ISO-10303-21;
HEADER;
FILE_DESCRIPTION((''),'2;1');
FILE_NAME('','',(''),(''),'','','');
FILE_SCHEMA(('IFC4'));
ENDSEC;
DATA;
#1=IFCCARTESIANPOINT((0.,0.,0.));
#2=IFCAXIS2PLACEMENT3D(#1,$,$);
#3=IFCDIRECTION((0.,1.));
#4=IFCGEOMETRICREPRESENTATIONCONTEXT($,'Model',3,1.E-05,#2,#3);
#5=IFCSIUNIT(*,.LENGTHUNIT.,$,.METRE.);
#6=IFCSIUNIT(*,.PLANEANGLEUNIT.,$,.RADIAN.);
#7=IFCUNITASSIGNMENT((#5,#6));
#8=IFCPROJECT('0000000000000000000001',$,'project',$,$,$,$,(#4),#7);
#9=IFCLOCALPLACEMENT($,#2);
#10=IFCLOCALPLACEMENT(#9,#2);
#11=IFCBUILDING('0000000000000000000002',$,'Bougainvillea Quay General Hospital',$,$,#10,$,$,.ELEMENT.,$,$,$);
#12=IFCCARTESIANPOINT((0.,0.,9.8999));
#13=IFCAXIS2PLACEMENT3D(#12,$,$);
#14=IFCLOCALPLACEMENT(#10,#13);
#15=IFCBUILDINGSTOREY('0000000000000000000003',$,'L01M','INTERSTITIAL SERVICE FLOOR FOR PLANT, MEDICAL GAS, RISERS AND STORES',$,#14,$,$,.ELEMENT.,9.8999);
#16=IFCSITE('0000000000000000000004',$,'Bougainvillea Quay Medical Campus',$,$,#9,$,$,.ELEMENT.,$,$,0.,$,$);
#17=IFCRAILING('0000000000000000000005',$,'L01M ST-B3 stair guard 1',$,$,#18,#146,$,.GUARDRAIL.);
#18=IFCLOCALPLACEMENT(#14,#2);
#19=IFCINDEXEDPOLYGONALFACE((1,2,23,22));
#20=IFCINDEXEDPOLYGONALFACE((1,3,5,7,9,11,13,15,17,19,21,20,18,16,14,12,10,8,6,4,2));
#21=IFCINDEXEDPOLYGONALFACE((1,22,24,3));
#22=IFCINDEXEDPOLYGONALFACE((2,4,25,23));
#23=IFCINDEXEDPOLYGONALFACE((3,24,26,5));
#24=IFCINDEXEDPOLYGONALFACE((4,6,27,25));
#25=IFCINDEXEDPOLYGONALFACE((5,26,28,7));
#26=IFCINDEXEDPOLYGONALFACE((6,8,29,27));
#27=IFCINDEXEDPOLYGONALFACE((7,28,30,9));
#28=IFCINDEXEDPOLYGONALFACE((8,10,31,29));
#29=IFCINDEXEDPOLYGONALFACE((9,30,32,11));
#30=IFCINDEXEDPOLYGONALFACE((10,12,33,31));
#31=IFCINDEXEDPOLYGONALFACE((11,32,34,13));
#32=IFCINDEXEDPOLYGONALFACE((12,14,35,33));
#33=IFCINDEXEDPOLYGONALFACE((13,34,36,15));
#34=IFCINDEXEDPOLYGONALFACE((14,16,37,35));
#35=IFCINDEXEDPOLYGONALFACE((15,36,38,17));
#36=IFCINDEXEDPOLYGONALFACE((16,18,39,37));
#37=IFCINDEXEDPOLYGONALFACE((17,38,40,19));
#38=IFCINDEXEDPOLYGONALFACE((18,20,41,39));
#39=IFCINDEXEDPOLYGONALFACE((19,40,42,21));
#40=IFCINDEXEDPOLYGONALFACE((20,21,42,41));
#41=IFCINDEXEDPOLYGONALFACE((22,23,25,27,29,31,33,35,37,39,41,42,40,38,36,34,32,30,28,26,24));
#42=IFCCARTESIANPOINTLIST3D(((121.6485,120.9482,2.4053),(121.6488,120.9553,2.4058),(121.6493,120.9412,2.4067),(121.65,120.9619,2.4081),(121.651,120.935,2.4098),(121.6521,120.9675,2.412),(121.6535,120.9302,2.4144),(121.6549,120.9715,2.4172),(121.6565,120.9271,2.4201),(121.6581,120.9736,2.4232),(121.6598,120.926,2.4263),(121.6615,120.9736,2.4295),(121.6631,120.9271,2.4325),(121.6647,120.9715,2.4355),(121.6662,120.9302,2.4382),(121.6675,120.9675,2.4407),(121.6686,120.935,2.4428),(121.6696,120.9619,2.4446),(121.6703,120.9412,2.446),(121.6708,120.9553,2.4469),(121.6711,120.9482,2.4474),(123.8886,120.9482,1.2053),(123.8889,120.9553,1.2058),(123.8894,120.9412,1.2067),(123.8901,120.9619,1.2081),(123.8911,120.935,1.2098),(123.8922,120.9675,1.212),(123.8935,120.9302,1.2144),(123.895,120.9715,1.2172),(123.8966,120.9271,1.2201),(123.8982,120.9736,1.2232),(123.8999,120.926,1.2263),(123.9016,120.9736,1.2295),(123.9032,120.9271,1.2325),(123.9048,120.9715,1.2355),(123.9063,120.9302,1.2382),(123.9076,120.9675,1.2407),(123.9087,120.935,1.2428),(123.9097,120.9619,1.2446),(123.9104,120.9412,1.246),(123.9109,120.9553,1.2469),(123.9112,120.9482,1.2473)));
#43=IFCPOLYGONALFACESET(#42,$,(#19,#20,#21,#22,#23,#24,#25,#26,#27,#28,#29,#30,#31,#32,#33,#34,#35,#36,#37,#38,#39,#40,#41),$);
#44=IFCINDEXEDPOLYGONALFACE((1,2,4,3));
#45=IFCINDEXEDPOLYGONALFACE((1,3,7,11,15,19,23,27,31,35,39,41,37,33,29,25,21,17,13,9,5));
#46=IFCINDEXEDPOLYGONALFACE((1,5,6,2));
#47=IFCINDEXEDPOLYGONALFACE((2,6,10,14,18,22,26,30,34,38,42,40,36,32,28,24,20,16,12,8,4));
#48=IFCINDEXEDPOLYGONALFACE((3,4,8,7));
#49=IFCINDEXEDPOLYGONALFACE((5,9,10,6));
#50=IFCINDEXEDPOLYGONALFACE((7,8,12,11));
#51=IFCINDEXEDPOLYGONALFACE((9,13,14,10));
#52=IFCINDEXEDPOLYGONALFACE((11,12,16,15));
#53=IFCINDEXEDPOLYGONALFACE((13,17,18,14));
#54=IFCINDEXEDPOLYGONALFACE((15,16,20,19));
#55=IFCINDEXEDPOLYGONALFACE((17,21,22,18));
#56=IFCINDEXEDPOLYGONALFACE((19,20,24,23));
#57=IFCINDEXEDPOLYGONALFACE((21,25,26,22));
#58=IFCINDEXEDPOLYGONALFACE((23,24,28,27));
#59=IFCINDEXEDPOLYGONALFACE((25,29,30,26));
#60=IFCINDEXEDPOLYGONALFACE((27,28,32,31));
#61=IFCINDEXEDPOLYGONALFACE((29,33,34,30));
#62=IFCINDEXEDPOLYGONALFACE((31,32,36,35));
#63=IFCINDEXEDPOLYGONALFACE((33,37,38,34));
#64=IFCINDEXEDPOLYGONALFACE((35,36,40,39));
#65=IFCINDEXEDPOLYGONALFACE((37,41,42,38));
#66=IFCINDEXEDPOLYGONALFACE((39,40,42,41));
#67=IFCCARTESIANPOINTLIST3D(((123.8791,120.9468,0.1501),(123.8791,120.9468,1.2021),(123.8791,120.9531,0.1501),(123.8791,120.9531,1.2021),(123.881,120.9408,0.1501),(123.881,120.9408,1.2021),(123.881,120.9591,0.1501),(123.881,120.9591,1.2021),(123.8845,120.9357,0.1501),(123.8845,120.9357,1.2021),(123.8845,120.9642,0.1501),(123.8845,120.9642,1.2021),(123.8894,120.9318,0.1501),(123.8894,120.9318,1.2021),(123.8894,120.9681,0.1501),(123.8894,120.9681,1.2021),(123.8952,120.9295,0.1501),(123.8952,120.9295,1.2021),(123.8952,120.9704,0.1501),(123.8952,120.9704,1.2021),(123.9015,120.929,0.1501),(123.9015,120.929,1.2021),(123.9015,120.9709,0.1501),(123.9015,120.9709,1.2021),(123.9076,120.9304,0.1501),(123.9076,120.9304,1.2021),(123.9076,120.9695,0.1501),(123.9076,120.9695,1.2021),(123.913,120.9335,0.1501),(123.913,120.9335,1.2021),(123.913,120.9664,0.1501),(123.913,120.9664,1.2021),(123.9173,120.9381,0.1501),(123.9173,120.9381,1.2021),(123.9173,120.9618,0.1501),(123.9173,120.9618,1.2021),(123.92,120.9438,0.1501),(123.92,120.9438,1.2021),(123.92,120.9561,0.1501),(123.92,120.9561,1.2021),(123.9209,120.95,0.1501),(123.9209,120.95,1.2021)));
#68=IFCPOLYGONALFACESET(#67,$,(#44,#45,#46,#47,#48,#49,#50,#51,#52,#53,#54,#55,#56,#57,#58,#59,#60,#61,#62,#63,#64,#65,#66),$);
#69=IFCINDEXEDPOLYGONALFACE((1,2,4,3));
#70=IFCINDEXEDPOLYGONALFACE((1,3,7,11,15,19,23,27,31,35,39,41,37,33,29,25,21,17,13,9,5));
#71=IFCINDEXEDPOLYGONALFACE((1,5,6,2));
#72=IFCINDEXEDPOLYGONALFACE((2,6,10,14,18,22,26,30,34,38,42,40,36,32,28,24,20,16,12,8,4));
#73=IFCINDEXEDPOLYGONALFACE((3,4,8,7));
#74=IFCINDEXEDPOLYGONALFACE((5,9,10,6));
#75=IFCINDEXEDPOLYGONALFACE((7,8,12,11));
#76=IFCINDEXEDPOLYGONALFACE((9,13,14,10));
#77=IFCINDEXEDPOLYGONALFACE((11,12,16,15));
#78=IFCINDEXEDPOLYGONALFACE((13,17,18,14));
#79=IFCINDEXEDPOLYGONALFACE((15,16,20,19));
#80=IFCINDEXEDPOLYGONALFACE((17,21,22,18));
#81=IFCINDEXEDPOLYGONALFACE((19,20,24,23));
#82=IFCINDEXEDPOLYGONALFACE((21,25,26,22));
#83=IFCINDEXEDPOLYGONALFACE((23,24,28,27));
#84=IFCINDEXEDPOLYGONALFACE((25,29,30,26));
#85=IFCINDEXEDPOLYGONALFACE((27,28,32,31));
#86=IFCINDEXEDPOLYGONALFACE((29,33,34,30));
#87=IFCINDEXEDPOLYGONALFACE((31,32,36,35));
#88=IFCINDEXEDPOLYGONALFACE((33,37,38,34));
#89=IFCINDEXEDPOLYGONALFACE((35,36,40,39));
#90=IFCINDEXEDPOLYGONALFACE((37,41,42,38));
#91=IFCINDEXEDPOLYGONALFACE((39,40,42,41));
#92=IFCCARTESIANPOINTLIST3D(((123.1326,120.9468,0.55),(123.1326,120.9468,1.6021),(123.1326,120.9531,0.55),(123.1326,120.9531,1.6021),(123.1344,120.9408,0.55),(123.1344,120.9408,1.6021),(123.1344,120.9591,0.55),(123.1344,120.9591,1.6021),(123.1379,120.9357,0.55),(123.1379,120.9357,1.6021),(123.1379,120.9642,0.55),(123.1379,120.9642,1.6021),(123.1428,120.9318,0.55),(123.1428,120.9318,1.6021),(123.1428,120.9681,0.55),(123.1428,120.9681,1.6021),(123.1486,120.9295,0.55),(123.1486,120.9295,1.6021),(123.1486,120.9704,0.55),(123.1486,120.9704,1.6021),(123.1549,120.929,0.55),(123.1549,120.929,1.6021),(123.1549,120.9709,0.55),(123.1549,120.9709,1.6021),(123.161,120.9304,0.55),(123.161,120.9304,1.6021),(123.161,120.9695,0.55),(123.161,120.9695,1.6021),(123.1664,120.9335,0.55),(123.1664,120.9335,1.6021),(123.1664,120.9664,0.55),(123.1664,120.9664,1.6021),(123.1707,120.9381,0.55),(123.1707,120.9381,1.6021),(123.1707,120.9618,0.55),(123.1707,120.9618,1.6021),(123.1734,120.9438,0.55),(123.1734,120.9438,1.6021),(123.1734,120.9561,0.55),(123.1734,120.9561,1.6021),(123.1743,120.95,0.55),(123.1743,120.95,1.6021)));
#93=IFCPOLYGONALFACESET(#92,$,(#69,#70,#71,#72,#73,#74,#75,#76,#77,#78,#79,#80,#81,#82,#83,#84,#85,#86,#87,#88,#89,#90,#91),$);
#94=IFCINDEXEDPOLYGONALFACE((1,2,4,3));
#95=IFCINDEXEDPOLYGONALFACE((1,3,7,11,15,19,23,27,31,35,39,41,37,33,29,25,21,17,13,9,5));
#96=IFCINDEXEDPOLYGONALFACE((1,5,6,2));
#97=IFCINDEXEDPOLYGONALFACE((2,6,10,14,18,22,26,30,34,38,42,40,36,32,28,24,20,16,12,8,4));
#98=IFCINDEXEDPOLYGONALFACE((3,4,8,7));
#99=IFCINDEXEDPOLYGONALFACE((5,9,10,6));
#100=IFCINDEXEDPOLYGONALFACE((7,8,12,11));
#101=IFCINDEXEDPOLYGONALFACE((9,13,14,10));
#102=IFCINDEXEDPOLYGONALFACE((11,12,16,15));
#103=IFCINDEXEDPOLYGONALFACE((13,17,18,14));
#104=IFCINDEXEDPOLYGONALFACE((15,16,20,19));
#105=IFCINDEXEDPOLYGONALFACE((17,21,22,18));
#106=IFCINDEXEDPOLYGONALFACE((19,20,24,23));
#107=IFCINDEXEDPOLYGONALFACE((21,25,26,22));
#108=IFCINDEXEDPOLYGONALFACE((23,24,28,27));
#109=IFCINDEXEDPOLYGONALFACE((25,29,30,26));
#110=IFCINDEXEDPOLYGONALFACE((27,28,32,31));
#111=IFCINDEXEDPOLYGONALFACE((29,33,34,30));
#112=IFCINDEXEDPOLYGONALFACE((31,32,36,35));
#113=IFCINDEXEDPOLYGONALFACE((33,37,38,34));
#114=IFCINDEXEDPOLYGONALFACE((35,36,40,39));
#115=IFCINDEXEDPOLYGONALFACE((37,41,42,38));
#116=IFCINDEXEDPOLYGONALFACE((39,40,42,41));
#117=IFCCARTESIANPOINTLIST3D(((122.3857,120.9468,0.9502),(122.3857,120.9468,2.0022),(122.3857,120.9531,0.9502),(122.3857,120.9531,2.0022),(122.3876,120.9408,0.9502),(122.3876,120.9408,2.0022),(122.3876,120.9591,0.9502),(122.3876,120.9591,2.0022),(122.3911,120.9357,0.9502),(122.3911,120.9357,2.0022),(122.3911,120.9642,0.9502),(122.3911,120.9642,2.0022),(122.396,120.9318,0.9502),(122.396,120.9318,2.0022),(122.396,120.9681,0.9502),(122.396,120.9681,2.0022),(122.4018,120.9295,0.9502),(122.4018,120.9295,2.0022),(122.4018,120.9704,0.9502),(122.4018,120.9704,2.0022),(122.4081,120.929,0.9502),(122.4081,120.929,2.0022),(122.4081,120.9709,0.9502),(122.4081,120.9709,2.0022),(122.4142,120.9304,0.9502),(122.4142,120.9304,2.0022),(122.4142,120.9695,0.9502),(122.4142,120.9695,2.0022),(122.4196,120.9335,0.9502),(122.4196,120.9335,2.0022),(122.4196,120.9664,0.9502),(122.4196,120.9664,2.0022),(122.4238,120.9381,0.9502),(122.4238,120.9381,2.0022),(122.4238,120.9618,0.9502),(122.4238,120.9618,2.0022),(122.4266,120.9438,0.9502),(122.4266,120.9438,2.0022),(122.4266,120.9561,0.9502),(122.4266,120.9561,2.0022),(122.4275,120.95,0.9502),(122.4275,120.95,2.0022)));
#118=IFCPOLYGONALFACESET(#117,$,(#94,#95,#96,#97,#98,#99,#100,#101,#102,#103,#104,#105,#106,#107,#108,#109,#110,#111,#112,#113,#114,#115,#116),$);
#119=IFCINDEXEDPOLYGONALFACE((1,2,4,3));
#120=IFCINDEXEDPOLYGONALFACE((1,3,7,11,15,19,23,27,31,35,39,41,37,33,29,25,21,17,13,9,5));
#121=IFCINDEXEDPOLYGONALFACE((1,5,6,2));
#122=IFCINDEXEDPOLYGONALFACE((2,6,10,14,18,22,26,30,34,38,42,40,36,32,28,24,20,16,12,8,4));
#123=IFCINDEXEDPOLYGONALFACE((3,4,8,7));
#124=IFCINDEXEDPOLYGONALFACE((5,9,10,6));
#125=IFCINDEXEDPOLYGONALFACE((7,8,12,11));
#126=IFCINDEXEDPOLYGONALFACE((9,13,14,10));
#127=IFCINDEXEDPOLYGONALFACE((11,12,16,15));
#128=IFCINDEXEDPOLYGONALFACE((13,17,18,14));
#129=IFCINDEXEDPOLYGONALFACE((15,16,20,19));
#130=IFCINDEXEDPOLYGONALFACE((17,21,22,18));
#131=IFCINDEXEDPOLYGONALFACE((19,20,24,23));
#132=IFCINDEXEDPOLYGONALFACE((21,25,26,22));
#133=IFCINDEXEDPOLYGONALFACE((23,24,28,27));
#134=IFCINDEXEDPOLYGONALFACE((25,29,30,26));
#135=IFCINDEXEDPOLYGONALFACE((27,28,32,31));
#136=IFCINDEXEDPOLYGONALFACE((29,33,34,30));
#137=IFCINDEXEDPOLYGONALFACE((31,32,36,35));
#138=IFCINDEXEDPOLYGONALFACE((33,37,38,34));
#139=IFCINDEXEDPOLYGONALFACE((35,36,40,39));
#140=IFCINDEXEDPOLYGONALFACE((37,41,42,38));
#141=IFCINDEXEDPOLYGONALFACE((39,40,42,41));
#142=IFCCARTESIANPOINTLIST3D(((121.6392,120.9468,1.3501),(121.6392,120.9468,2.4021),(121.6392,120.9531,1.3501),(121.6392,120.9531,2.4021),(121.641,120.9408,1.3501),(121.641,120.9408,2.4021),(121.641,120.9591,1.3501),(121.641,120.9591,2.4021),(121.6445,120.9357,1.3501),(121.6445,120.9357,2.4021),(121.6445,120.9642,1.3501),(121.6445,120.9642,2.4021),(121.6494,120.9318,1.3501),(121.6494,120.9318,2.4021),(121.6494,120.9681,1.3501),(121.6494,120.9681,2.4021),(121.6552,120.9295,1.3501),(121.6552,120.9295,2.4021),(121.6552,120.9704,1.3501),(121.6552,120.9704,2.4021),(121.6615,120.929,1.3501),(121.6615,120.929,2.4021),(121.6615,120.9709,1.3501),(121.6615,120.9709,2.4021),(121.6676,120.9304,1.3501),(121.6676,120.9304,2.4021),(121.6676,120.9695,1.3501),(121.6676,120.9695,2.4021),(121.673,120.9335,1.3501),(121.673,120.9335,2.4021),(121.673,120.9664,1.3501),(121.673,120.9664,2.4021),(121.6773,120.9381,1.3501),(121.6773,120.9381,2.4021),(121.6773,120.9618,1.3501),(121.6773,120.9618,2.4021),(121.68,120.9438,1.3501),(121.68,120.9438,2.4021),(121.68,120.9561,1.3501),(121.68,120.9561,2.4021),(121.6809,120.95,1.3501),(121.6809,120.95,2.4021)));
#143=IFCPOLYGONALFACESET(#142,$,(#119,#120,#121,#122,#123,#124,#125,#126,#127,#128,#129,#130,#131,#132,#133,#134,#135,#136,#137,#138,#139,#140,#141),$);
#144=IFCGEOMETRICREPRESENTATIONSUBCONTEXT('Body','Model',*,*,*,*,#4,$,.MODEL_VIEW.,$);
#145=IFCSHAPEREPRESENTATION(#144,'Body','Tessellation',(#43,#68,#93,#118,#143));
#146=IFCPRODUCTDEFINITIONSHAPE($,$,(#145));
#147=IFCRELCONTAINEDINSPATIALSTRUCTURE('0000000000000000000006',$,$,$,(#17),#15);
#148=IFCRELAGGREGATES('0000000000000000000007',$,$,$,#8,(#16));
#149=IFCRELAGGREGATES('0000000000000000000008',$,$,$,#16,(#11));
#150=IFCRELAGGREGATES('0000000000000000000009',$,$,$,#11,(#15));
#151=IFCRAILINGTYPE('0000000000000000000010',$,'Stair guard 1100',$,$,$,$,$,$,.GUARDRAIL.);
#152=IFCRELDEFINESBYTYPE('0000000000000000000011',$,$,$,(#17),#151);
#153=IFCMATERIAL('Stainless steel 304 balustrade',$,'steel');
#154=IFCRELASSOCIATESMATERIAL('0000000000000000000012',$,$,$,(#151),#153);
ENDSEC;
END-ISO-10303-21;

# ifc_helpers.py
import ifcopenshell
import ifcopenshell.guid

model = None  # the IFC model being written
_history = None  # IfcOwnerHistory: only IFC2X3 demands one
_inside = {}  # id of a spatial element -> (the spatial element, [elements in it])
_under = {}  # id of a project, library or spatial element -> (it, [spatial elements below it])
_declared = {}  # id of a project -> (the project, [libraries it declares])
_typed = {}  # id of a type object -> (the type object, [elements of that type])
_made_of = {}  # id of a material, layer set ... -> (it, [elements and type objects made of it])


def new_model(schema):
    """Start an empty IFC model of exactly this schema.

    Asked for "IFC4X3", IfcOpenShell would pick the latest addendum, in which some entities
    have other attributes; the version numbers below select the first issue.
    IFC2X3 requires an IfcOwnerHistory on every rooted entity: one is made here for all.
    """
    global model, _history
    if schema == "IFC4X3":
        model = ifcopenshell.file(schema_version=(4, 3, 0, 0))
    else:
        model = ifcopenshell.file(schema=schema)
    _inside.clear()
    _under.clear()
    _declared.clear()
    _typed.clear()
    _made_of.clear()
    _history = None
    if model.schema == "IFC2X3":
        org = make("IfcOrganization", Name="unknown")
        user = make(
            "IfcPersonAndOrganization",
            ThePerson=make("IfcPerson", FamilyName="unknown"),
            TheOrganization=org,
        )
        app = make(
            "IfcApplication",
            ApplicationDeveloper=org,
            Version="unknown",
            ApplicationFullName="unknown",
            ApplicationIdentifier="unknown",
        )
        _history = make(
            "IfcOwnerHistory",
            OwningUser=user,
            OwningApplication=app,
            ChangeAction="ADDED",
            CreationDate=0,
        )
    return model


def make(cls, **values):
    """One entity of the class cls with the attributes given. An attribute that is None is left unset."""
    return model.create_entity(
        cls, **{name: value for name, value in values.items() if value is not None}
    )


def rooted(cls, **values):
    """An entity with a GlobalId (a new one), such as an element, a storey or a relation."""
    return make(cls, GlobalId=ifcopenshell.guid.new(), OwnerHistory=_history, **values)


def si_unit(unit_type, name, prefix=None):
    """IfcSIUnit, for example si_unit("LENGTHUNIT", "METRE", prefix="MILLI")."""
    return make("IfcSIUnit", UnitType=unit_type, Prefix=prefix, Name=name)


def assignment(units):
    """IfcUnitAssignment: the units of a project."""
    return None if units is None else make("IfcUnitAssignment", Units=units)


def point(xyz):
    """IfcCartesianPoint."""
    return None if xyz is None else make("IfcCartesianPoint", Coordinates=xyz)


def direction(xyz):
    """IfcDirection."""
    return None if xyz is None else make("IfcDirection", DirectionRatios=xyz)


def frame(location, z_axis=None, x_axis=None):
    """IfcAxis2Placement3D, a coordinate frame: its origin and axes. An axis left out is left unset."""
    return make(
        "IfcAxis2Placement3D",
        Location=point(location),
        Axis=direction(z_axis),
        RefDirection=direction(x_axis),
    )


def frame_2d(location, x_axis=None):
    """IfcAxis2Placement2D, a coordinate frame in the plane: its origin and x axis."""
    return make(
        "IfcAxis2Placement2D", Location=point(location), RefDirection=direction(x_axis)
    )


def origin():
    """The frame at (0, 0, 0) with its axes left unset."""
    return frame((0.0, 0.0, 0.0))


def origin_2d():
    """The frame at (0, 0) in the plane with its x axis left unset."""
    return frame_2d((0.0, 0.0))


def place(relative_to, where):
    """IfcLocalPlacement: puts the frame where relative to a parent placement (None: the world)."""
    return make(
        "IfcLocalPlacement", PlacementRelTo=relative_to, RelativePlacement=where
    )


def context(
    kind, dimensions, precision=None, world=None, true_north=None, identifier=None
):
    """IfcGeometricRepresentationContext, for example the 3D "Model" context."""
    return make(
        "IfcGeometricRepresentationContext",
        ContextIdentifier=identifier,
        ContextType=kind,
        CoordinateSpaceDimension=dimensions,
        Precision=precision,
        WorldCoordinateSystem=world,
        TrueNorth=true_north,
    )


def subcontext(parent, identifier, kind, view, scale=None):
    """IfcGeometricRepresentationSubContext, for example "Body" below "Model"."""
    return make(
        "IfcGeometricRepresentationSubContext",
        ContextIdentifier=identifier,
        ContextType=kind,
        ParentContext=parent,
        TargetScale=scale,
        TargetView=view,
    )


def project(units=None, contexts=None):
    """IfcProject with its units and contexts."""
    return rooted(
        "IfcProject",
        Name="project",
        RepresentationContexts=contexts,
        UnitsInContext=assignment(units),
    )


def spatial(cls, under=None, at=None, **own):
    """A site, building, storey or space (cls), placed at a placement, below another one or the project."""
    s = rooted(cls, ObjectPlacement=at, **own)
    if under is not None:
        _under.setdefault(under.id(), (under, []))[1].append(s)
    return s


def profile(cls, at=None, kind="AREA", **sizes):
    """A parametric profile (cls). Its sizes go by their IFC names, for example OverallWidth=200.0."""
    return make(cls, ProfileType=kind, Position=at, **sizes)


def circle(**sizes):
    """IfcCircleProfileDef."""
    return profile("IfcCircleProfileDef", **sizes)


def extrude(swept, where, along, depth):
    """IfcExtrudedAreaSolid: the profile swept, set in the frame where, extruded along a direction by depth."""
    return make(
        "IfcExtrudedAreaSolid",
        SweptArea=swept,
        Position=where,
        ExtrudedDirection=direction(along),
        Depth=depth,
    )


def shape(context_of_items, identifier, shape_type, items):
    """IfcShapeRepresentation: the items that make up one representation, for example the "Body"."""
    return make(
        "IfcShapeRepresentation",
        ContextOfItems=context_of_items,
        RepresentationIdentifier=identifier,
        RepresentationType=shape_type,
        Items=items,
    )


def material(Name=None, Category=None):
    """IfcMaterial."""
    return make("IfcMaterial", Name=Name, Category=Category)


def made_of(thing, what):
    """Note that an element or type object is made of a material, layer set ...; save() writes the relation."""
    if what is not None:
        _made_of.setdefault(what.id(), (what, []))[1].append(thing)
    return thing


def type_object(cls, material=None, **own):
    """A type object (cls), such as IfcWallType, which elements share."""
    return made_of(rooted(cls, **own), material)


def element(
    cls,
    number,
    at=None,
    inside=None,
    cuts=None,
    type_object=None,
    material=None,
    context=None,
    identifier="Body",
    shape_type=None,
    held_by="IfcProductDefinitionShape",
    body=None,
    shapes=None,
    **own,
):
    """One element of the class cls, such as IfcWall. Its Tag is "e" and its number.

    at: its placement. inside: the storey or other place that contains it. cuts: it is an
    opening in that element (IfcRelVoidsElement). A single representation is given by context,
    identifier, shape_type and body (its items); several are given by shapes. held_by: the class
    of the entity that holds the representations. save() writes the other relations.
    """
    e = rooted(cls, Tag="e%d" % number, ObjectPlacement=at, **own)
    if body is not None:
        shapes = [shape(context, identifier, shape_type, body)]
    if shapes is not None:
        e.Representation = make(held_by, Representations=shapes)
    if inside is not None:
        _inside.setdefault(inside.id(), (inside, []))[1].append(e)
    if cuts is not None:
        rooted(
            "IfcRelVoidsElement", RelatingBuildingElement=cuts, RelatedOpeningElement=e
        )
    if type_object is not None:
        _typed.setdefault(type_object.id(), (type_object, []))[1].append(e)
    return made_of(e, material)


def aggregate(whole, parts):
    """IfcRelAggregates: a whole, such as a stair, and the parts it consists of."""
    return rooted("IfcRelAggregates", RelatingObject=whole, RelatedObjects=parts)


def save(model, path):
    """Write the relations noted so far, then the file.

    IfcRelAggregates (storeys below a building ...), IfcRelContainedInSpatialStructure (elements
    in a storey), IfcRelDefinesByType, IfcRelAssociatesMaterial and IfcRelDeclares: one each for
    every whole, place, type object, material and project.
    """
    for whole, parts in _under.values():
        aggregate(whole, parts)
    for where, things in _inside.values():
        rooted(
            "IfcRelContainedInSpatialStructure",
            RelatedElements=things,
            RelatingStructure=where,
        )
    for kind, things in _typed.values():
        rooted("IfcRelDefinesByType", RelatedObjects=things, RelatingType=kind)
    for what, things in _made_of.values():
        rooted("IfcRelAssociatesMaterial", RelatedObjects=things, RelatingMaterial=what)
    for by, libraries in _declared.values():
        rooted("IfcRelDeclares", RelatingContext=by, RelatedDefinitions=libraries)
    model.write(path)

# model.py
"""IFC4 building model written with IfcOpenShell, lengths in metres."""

from ifc_helpers import new_model, si_unit, direction, frame, origin, origin_2d, place, context, subcontext, project, spatial, circle, extrude, material, type_object, element, save


model = new_model("IFC4")

# Units and contexts
model_context = context("Model", 3, precision=1e-05, world=origin(), true_north=direction((0.0, 1.0)))
body_context = subcontext(model_context, "Body", "Model", "MODEL_VIEW")
ifc_project = project(units=[si_unit("LENGTHUNIT", "METRE"), si_unit("PLANEANGLEUNIT", "RADIAN")], contexts=[model_context])

# Site, building, storey
site_placement = place(None, origin())
site = spatial("IfcSite", under=ifc_project, at=site_placement, Name="Bougainvillea Quay Medical Campus", CompositionType="ELEMENT", RefElevation=0.0)
building_placement = place(site_placement, origin())
building = spatial("IfcBuilding", under=site, at=building_placement, Name="Bougainvillea Quay General Hospital", CompositionType="ELEMENT")
storey_placement = place(building_placement, frame((0.0, 0.0, 9.8999)))
storey = spatial("IfcBuildingStorey", under=building, at=storey_placement, Name="L01M", Description="INTERSTITIAL SERVICE FLOOR FOR PLANT, MEDICAL GAS, RISERS AND STORES", CompositionType="ELEMENT", Elevation=9.8999)

# Railing
ifc_material_1 = material(Name="Stainless steel 304 balustrade", Category="steel")
railing_type_1 = type_object("IfcRailingType", Name="Stair guard 1100", PredefinedType="GUARDRAIL", material=ifc_material_1)
railing_1_placement = place(storey_placement, frame((123.8999, 120.95, 0.1501)))
element("IfcRailing", 1, at=railing_1_placement, inside=storey, type_object=railing_type_1, Name="L01M ST-B3 stair guard 1", PredefinedType="GUARDRAIL", context=body_context, shape_type="SweptSolid", body=[
    extrude(circle(Radius=0.0239, at=origin_2d()), frame((0.0, 0.0, 1.0762), z_axis=(-0.881487, 0.0, 0.472208), x_axis=(0.0, -1.0, 0.0)), (0.0, 0.0, 1.0), 2.5413),
    extrude(circle(Radius=0.021, at=origin_2d()), origin(), (0.0, 0.0, 1.0), 1.052),
    extrude(circle(Radius=0.021, at=origin_2d()), frame((-0.7466, 0.0, 0.3999)), (0.0, 0.0, 1.0), 1.052),
    extrude(circle(Radius=0.021, at=origin_2d()), frame((-1.4934, 0.0, 0.8)), (0.0, 0.0, 1.0), 1.052),
    extrude(circle(Radius=0.021, at=origin_2d()), frame((-2.24, 0.0, 1.2)), (0.0, 0.0, 1.0), 1.052),
])

save(model, "model.ifc")
